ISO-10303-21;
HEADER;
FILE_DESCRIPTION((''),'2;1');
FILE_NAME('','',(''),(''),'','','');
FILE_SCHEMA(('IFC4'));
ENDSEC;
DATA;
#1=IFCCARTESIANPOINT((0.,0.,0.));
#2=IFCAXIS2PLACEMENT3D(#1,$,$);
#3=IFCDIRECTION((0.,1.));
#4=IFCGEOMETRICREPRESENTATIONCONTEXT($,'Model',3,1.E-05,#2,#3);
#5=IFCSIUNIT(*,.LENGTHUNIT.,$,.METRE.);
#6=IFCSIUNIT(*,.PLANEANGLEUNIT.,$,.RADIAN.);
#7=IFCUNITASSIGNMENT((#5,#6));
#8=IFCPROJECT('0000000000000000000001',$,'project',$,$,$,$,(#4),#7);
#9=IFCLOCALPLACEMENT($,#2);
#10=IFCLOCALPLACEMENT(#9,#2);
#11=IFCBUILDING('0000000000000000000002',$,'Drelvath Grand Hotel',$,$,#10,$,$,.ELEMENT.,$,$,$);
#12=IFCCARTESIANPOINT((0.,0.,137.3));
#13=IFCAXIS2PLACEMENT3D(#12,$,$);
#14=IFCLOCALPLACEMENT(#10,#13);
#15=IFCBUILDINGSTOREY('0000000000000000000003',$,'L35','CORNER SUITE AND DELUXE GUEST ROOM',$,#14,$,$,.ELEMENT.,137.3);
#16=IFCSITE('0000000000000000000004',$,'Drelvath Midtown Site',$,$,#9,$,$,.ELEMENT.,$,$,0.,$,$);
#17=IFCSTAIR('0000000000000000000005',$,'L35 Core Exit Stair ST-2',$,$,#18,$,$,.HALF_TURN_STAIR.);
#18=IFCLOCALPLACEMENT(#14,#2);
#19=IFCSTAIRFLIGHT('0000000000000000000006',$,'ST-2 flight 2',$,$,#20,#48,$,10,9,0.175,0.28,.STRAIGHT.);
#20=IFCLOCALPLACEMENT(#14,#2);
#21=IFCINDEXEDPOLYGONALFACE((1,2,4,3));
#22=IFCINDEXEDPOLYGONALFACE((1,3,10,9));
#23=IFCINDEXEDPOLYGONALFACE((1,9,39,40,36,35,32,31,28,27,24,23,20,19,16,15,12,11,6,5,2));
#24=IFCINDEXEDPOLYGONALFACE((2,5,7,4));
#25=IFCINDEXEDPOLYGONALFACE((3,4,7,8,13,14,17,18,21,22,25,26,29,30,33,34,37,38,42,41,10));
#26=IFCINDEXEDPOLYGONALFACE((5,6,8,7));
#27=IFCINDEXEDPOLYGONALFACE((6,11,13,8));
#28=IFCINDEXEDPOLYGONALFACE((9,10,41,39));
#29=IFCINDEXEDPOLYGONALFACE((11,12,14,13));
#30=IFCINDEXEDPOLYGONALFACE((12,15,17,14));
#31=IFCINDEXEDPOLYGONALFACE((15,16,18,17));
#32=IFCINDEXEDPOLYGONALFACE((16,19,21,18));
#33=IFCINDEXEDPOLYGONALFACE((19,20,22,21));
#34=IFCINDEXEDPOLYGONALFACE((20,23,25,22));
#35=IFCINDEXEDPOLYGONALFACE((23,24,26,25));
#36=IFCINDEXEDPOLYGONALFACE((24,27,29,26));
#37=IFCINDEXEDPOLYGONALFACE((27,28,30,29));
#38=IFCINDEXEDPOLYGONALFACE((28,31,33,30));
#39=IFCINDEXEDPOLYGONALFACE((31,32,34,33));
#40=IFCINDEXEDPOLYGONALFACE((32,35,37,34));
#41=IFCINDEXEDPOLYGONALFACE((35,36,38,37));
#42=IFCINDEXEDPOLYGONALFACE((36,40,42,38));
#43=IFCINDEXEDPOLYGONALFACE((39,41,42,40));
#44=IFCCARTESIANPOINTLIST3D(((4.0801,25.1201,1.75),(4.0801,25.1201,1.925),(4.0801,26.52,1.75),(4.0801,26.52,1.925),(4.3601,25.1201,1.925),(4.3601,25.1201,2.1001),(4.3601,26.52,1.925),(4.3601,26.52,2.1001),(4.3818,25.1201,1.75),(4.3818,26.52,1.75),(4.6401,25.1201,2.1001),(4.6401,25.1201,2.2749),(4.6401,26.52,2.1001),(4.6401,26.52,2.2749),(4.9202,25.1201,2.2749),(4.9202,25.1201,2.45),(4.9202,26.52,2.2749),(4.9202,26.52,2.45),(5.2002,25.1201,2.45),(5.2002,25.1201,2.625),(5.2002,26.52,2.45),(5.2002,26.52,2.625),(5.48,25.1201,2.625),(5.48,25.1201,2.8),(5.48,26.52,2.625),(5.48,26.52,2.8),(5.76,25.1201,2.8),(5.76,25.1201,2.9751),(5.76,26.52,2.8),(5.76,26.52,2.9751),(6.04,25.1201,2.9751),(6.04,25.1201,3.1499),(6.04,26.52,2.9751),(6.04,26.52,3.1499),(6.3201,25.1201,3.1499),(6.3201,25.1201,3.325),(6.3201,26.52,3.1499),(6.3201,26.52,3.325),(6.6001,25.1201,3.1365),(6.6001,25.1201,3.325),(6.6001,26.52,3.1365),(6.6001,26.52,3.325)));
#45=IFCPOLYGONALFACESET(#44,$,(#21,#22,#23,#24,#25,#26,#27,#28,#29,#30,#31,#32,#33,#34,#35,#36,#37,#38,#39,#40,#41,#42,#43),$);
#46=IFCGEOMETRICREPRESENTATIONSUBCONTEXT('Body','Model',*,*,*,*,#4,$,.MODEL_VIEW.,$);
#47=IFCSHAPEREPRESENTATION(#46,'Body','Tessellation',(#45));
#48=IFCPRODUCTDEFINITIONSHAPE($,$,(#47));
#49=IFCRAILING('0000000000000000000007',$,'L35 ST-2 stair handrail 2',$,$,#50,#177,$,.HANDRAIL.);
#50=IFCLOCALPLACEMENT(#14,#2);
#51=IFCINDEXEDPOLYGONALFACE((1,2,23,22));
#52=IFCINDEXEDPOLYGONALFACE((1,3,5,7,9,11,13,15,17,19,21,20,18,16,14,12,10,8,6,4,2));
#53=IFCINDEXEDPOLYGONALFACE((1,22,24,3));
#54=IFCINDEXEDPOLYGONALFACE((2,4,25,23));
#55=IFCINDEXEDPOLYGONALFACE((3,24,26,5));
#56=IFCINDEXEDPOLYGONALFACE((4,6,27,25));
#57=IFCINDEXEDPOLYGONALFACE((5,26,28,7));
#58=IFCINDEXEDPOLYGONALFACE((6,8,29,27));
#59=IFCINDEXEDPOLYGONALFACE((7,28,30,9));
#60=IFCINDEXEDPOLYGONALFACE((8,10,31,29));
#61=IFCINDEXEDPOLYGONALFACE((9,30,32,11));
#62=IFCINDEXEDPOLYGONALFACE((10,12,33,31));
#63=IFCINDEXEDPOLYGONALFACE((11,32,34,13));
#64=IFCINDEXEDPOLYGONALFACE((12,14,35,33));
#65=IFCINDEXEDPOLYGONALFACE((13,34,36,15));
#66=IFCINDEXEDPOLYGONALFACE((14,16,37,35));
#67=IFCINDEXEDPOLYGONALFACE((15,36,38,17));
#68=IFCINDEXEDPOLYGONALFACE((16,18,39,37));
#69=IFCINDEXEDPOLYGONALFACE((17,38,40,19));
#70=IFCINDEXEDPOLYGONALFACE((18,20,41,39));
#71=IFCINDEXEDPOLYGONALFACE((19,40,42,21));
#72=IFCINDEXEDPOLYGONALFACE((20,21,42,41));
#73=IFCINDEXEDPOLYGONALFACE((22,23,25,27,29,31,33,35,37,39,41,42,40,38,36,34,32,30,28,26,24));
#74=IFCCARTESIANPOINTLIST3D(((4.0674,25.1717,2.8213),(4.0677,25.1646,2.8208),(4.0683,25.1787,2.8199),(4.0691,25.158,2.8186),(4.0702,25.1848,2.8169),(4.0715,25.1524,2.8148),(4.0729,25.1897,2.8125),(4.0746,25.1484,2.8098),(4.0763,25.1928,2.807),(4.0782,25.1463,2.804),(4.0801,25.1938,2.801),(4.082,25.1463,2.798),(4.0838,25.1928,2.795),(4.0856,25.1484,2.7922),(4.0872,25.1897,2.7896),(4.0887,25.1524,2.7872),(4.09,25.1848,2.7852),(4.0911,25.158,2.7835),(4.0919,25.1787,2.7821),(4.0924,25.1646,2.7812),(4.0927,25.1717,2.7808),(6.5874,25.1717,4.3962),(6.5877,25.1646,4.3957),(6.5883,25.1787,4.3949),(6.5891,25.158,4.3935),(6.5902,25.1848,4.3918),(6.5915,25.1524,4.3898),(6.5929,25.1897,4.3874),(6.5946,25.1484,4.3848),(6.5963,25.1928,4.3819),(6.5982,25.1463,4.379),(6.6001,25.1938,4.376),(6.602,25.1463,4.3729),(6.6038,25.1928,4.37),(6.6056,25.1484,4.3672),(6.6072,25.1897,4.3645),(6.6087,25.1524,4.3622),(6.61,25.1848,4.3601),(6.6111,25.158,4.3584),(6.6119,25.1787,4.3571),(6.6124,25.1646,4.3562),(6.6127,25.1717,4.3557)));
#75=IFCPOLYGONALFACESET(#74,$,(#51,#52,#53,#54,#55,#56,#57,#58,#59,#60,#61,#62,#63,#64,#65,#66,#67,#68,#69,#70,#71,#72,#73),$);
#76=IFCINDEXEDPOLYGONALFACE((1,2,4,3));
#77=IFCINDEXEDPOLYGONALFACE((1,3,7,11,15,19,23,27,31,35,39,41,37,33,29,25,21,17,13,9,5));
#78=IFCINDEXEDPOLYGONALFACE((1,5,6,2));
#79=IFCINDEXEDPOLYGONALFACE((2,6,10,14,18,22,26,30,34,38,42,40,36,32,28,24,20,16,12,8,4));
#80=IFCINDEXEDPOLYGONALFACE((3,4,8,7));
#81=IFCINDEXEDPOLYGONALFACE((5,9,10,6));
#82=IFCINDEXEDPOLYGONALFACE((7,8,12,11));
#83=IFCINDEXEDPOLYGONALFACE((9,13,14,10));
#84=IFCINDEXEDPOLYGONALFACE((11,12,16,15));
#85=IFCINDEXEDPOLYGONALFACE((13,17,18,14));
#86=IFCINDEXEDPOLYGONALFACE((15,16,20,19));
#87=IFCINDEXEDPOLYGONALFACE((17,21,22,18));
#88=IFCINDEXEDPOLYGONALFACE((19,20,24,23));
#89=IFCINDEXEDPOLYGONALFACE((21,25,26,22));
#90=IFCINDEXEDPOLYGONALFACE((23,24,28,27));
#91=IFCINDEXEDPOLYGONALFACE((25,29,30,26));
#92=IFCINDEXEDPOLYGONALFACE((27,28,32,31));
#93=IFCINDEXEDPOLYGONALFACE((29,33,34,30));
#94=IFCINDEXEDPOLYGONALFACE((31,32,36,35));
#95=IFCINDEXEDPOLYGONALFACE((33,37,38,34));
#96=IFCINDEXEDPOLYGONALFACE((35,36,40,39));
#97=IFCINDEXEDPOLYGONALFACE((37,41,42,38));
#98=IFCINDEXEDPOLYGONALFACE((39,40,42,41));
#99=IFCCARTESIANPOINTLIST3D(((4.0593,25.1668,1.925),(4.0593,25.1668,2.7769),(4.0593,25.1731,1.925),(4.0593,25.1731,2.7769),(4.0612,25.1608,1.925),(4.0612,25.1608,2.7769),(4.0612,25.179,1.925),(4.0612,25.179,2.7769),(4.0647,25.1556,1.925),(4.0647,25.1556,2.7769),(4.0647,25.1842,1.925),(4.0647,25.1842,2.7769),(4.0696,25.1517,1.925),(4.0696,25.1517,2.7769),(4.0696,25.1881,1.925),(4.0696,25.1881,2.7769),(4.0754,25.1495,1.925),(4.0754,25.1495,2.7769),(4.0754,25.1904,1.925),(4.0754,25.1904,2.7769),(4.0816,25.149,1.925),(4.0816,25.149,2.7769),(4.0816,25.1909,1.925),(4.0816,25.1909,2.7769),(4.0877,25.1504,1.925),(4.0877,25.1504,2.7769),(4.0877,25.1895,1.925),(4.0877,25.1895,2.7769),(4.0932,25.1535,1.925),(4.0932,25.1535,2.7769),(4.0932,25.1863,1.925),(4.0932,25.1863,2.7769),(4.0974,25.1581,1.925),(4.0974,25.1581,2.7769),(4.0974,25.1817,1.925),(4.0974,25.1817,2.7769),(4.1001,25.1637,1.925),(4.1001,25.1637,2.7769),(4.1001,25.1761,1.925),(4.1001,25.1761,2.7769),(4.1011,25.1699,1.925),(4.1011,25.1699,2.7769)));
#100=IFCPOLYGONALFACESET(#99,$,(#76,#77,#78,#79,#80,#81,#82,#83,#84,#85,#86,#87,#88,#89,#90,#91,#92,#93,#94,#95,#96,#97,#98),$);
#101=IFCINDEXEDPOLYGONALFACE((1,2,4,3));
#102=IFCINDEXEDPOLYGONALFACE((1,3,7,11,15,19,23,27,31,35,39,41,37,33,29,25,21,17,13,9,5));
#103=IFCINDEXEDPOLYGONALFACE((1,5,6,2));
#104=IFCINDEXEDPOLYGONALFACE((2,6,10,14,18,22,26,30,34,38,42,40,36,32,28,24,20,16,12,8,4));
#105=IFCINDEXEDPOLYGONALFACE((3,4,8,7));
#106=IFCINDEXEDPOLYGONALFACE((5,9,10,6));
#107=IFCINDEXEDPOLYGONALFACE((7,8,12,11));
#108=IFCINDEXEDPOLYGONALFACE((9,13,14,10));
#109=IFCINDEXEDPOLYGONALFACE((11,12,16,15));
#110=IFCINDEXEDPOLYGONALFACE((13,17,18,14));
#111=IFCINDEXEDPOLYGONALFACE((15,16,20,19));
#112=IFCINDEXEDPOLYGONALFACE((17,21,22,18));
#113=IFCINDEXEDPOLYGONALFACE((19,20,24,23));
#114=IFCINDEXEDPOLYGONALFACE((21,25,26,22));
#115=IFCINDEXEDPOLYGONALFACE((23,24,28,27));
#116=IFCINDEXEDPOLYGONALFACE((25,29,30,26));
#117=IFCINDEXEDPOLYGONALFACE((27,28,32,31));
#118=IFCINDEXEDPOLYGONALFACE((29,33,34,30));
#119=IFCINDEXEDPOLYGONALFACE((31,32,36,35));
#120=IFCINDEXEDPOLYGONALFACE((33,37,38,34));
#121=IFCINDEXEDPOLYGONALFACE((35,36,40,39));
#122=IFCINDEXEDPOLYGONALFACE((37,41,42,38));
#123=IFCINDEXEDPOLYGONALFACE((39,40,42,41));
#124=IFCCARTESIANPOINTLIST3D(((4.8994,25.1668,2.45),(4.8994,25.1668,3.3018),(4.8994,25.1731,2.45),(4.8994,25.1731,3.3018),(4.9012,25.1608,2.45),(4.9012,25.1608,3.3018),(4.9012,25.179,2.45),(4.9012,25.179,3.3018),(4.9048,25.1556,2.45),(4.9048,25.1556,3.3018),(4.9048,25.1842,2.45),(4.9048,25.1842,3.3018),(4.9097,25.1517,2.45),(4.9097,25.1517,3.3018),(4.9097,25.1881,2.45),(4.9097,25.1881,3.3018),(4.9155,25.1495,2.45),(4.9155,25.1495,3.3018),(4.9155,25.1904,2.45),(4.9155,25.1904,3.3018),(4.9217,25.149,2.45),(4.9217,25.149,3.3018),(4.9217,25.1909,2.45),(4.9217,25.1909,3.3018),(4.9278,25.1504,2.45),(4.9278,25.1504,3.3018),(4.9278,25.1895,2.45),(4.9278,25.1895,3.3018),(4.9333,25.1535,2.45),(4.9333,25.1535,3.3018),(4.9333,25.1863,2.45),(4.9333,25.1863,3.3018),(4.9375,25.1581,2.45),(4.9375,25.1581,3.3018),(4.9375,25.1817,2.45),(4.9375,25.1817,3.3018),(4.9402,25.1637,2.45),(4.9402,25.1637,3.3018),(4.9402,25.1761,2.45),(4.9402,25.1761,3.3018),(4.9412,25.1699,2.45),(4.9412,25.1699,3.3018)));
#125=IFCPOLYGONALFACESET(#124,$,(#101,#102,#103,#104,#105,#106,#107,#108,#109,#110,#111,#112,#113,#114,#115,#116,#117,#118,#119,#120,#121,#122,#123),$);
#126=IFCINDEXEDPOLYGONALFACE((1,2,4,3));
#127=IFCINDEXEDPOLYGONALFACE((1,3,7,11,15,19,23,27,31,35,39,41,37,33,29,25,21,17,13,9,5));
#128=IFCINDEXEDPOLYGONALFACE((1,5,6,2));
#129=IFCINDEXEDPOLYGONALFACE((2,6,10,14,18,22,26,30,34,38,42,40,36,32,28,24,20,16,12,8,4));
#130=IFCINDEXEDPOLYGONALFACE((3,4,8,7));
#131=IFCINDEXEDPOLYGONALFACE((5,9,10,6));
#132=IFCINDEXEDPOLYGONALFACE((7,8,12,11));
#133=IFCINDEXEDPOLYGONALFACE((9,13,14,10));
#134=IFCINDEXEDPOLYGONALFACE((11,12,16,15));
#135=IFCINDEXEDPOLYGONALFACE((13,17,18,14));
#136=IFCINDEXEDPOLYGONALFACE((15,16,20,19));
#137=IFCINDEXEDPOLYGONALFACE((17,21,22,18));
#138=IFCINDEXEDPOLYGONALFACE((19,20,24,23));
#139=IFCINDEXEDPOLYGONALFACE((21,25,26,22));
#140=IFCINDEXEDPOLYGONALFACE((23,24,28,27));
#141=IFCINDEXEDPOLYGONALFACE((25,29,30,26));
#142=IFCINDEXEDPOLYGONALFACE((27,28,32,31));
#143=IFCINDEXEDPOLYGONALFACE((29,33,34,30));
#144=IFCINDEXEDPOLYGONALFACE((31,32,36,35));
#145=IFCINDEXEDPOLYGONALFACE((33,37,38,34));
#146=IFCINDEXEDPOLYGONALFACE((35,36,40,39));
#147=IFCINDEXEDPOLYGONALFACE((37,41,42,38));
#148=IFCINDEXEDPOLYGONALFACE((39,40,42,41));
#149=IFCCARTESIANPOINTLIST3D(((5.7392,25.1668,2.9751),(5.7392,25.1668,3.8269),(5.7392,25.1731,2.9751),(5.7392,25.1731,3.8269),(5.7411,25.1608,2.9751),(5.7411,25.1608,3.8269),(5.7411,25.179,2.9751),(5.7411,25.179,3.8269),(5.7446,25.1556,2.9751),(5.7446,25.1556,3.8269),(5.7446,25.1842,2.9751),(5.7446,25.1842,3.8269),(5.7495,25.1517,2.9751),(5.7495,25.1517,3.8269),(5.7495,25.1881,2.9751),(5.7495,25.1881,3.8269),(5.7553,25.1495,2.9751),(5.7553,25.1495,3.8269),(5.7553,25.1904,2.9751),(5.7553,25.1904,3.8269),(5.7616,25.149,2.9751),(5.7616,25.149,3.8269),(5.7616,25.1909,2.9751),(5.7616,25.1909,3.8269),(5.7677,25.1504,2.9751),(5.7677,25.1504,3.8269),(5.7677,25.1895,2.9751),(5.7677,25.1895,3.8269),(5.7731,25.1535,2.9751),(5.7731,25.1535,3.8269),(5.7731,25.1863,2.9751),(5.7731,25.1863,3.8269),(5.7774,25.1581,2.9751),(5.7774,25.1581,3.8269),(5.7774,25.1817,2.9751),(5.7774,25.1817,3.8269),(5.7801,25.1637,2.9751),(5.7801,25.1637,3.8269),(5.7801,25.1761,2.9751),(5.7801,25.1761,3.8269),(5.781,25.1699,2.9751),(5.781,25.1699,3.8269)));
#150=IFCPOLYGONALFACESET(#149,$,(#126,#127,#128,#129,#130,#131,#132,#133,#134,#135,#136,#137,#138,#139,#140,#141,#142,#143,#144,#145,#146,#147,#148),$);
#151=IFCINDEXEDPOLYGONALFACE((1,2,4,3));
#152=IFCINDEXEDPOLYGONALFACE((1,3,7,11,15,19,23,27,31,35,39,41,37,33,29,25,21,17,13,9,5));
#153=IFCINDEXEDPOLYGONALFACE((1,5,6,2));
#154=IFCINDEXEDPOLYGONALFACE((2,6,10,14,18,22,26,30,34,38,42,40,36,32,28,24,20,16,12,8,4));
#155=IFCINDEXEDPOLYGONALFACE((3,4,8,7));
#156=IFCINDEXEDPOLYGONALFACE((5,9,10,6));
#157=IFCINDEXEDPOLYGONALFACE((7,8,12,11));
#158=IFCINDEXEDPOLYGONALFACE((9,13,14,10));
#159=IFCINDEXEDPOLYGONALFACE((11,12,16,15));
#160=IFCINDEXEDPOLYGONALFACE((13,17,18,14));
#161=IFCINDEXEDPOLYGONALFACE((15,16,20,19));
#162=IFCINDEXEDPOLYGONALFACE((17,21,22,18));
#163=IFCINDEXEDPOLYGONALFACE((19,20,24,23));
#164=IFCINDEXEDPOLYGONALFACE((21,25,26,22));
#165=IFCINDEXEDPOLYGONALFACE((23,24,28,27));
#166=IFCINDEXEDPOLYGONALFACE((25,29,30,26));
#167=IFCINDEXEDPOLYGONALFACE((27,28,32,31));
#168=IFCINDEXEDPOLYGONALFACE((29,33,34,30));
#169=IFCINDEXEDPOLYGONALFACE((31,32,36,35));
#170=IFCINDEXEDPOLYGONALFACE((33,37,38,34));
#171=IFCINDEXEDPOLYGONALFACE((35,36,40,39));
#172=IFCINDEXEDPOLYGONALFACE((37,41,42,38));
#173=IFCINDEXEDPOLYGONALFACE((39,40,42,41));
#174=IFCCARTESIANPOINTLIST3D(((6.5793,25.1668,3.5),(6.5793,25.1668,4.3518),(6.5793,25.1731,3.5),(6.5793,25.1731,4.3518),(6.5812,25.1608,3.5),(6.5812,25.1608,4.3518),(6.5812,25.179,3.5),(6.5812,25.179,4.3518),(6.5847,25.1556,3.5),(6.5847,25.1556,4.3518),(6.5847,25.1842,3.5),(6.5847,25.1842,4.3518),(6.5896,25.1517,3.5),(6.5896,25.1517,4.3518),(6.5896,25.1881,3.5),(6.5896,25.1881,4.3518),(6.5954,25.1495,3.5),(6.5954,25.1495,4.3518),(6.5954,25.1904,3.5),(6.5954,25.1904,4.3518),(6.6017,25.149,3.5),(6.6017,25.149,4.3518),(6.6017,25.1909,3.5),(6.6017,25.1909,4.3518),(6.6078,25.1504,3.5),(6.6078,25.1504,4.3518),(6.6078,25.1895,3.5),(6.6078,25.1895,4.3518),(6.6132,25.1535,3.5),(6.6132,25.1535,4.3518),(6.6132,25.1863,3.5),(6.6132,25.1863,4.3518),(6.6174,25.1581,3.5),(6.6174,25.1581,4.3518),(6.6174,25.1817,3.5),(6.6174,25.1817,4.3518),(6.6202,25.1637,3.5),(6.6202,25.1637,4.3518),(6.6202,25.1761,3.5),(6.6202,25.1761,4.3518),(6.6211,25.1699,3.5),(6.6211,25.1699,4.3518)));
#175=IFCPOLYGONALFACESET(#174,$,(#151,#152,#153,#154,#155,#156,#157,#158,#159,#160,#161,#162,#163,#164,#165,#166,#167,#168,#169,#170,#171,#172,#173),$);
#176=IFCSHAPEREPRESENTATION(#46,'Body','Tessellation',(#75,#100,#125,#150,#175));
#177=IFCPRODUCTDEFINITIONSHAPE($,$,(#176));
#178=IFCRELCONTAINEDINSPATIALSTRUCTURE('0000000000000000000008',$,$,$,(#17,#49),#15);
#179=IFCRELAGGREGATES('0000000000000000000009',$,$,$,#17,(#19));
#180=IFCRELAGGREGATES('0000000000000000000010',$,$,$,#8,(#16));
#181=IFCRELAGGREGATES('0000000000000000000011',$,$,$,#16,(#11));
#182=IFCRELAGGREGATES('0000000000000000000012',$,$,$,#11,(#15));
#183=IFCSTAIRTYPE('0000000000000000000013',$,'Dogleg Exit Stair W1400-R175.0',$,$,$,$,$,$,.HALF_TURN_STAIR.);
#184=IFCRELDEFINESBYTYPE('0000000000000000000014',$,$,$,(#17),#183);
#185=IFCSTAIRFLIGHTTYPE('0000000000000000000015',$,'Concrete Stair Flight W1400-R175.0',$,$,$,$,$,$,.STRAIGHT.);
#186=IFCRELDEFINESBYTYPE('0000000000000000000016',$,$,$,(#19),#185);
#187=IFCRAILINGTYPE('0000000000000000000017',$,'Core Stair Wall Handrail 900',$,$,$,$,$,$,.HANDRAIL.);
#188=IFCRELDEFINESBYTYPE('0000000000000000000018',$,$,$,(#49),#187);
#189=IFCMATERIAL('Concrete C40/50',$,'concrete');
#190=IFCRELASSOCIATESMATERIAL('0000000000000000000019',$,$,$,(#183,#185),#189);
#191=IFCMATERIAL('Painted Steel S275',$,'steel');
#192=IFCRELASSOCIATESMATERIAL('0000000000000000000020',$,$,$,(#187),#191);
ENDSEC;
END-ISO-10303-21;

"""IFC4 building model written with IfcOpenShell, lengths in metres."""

from ifc_helpers import new_model, si_unit, direction, frame, origin, origin_2d, place, context, subcontext, project, spatial, polyline, circle, outline, extrude, material, type_object, element, aggregate, save


model = new_model("IFC4")

# Units and contexts
model_context = context("Model", 3, precision=1e-05, world=origin(), true_north=direction((0.0, 1.0)))
body_context = subcontext(model_context, "Body", "Model", "MODEL_VIEW")
ifc_project = project(units=[si_unit("LENGTHUNIT", "METRE"), si_unit("PLANEANGLEUNIT", "RADIAN")], contexts=[model_context])

# Site, building, storey
site_placement = place(None, origin())
site = spatial("IfcSite", under=ifc_project, at=site_placement, Name="Drelvath Midtown Site", CompositionType="ELEMENT", RefElevation=0.0)
building_placement = place(site_placement, origin())
building = spatial("IfcBuilding", under=site, at=building_placement, Name="Drelvath Grand Hotel", CompositionType="ELEMENT")
storey_placement = place(building_placement, frame((0.0, 0.0, 137.3)))
storey = spatial("IfcBuildingStorey", under=building, at=storey_placement, Name="L35", Description="CORNER SUITE AND DELUXE GUEST ROOM", CompositionType="ELEMENT", Elevation=137.3)

# Shared definitions
ifc_material_1 = material(Name="Concrete C40/50", Category="concrete")

# Stair, stair flight
stair_type = type_object("IfcStairType", Name="Dogleg Exit Stair W1400-R175.0", PredefinedType="HALF_TURN_STAIR", material=ifc_material_1)
stair_placement = place(storey_placement, origin())
stair = element("IfcStair", 1, at=stair_placement, inside=storey, type_object=stair_type, Name="L35 Core Exit Stair ST-2", PredefinedType="HALF_TURN_STAIR")
stair_flight_type = type_object("IfcStairFlightType", Name="Concrete Stair Flight W1400-R175.0", PredefinedType="STRAIGHT", material=ifc_material_1)
stair_flight_placement = place(storey_placement, frame((4.0801, 25.8201, 1.75), z_axis=(0.0, 0.0, 1.0), x_axis=(1.0, 0.0, 0.0)))
stair_flight = element("IfcStairFlight", 2, at=stair_flight_placement, type_object=stair_flight_type, Name="ST-2 flight 2", NumberOfRisers=10, NumberOfTreads=9, PredefinedType="STRAIGHT", RiserHeight=0.175, TreadLength=0.28, context=body_context, shape_type="SweptSolid", body=[
    extrude(outline(polyline([(0.0, 0.0), (0.0, 0.175), (0.28, 0.175), (0.28, 0.3501), (0.5601, 0.3501), (0.5601, 0.5249), (0.8401, 0.5249), (0.8401, 0.7), (1.1201, 0.7), (1.1201, 0.875), (1.3999, 0.875), (1.3999, 1.05), (1.6799, 1.05), (1.6799, 1.2251), (1.96, 1.2251), (1.96, 1.3999), (2.24, 1.3999), (2.24, 1.575), (2.52, 1.575), (2.52, 1.75), (2.52, 1.3865), (0.3018, 0.0), (0.0, 0.0)])), frame((0.0, 0.7, 0.0), z_axis=(0.0, -1.0, 0.0), x_axis=(1.0, 0.0, 0.0)), (0.0, 0.0, 1.0), 1.3999),
])
aggregate(stair, [stair_flight])

# Railing
ifc_material_2 = material(Name="Painted Steel S275", Category="steel")
railing_type_1 = type_object("IfcRailingType", Name="Core Stair Wall Handrail 900", PredefinedType="HANDRAIL", material=ifc_material_2)
railing_1_placement = place(storey_placement, frame((4.0801, 25.1699, 1.925)))
element("IfcRailing", 3, at=railing_1_placement, inside=storey, type_object=railing_type_1, Name="L35 ST-2 stair handrail 2", PredefinedType="HANDRAIL", context=body_context, shape_type="SweptSolid", body=[
    extrude(circle(Radius=0.0239, at=origin_2d()), frame((0.0, 0.0, 0.876), z_axis=(0.848008, 0.0, 0.529984), x_axis=(0.0, 1.0, 0.0)), (0.0, 0.0, 1.0), 2.9717),
    extrude(circle(Radius=0.021, at=origin_2d()), origin(), (0.0, 0.0, 1.0), 0.8518),
    extrude(circle(Radius=0.021, at=origin_2d()), frame((0.8401, 0.0, 0.5249)), (0.0, 0.0, 1.0), 0.8518),
    extrude(circle(Radius=0.021, at=origin_2d()), frame((1.6799, 0.0, 1.05)), (0.0, 0.0, 1.0), 0.8518),
    extrude(circle(Radius=0.021, at=origin_2d()), frame((2.52, 0.0, 1.575)), (0.0, 0.0, 1.0), 0.8518),
])

save(model, "model.ifc")
